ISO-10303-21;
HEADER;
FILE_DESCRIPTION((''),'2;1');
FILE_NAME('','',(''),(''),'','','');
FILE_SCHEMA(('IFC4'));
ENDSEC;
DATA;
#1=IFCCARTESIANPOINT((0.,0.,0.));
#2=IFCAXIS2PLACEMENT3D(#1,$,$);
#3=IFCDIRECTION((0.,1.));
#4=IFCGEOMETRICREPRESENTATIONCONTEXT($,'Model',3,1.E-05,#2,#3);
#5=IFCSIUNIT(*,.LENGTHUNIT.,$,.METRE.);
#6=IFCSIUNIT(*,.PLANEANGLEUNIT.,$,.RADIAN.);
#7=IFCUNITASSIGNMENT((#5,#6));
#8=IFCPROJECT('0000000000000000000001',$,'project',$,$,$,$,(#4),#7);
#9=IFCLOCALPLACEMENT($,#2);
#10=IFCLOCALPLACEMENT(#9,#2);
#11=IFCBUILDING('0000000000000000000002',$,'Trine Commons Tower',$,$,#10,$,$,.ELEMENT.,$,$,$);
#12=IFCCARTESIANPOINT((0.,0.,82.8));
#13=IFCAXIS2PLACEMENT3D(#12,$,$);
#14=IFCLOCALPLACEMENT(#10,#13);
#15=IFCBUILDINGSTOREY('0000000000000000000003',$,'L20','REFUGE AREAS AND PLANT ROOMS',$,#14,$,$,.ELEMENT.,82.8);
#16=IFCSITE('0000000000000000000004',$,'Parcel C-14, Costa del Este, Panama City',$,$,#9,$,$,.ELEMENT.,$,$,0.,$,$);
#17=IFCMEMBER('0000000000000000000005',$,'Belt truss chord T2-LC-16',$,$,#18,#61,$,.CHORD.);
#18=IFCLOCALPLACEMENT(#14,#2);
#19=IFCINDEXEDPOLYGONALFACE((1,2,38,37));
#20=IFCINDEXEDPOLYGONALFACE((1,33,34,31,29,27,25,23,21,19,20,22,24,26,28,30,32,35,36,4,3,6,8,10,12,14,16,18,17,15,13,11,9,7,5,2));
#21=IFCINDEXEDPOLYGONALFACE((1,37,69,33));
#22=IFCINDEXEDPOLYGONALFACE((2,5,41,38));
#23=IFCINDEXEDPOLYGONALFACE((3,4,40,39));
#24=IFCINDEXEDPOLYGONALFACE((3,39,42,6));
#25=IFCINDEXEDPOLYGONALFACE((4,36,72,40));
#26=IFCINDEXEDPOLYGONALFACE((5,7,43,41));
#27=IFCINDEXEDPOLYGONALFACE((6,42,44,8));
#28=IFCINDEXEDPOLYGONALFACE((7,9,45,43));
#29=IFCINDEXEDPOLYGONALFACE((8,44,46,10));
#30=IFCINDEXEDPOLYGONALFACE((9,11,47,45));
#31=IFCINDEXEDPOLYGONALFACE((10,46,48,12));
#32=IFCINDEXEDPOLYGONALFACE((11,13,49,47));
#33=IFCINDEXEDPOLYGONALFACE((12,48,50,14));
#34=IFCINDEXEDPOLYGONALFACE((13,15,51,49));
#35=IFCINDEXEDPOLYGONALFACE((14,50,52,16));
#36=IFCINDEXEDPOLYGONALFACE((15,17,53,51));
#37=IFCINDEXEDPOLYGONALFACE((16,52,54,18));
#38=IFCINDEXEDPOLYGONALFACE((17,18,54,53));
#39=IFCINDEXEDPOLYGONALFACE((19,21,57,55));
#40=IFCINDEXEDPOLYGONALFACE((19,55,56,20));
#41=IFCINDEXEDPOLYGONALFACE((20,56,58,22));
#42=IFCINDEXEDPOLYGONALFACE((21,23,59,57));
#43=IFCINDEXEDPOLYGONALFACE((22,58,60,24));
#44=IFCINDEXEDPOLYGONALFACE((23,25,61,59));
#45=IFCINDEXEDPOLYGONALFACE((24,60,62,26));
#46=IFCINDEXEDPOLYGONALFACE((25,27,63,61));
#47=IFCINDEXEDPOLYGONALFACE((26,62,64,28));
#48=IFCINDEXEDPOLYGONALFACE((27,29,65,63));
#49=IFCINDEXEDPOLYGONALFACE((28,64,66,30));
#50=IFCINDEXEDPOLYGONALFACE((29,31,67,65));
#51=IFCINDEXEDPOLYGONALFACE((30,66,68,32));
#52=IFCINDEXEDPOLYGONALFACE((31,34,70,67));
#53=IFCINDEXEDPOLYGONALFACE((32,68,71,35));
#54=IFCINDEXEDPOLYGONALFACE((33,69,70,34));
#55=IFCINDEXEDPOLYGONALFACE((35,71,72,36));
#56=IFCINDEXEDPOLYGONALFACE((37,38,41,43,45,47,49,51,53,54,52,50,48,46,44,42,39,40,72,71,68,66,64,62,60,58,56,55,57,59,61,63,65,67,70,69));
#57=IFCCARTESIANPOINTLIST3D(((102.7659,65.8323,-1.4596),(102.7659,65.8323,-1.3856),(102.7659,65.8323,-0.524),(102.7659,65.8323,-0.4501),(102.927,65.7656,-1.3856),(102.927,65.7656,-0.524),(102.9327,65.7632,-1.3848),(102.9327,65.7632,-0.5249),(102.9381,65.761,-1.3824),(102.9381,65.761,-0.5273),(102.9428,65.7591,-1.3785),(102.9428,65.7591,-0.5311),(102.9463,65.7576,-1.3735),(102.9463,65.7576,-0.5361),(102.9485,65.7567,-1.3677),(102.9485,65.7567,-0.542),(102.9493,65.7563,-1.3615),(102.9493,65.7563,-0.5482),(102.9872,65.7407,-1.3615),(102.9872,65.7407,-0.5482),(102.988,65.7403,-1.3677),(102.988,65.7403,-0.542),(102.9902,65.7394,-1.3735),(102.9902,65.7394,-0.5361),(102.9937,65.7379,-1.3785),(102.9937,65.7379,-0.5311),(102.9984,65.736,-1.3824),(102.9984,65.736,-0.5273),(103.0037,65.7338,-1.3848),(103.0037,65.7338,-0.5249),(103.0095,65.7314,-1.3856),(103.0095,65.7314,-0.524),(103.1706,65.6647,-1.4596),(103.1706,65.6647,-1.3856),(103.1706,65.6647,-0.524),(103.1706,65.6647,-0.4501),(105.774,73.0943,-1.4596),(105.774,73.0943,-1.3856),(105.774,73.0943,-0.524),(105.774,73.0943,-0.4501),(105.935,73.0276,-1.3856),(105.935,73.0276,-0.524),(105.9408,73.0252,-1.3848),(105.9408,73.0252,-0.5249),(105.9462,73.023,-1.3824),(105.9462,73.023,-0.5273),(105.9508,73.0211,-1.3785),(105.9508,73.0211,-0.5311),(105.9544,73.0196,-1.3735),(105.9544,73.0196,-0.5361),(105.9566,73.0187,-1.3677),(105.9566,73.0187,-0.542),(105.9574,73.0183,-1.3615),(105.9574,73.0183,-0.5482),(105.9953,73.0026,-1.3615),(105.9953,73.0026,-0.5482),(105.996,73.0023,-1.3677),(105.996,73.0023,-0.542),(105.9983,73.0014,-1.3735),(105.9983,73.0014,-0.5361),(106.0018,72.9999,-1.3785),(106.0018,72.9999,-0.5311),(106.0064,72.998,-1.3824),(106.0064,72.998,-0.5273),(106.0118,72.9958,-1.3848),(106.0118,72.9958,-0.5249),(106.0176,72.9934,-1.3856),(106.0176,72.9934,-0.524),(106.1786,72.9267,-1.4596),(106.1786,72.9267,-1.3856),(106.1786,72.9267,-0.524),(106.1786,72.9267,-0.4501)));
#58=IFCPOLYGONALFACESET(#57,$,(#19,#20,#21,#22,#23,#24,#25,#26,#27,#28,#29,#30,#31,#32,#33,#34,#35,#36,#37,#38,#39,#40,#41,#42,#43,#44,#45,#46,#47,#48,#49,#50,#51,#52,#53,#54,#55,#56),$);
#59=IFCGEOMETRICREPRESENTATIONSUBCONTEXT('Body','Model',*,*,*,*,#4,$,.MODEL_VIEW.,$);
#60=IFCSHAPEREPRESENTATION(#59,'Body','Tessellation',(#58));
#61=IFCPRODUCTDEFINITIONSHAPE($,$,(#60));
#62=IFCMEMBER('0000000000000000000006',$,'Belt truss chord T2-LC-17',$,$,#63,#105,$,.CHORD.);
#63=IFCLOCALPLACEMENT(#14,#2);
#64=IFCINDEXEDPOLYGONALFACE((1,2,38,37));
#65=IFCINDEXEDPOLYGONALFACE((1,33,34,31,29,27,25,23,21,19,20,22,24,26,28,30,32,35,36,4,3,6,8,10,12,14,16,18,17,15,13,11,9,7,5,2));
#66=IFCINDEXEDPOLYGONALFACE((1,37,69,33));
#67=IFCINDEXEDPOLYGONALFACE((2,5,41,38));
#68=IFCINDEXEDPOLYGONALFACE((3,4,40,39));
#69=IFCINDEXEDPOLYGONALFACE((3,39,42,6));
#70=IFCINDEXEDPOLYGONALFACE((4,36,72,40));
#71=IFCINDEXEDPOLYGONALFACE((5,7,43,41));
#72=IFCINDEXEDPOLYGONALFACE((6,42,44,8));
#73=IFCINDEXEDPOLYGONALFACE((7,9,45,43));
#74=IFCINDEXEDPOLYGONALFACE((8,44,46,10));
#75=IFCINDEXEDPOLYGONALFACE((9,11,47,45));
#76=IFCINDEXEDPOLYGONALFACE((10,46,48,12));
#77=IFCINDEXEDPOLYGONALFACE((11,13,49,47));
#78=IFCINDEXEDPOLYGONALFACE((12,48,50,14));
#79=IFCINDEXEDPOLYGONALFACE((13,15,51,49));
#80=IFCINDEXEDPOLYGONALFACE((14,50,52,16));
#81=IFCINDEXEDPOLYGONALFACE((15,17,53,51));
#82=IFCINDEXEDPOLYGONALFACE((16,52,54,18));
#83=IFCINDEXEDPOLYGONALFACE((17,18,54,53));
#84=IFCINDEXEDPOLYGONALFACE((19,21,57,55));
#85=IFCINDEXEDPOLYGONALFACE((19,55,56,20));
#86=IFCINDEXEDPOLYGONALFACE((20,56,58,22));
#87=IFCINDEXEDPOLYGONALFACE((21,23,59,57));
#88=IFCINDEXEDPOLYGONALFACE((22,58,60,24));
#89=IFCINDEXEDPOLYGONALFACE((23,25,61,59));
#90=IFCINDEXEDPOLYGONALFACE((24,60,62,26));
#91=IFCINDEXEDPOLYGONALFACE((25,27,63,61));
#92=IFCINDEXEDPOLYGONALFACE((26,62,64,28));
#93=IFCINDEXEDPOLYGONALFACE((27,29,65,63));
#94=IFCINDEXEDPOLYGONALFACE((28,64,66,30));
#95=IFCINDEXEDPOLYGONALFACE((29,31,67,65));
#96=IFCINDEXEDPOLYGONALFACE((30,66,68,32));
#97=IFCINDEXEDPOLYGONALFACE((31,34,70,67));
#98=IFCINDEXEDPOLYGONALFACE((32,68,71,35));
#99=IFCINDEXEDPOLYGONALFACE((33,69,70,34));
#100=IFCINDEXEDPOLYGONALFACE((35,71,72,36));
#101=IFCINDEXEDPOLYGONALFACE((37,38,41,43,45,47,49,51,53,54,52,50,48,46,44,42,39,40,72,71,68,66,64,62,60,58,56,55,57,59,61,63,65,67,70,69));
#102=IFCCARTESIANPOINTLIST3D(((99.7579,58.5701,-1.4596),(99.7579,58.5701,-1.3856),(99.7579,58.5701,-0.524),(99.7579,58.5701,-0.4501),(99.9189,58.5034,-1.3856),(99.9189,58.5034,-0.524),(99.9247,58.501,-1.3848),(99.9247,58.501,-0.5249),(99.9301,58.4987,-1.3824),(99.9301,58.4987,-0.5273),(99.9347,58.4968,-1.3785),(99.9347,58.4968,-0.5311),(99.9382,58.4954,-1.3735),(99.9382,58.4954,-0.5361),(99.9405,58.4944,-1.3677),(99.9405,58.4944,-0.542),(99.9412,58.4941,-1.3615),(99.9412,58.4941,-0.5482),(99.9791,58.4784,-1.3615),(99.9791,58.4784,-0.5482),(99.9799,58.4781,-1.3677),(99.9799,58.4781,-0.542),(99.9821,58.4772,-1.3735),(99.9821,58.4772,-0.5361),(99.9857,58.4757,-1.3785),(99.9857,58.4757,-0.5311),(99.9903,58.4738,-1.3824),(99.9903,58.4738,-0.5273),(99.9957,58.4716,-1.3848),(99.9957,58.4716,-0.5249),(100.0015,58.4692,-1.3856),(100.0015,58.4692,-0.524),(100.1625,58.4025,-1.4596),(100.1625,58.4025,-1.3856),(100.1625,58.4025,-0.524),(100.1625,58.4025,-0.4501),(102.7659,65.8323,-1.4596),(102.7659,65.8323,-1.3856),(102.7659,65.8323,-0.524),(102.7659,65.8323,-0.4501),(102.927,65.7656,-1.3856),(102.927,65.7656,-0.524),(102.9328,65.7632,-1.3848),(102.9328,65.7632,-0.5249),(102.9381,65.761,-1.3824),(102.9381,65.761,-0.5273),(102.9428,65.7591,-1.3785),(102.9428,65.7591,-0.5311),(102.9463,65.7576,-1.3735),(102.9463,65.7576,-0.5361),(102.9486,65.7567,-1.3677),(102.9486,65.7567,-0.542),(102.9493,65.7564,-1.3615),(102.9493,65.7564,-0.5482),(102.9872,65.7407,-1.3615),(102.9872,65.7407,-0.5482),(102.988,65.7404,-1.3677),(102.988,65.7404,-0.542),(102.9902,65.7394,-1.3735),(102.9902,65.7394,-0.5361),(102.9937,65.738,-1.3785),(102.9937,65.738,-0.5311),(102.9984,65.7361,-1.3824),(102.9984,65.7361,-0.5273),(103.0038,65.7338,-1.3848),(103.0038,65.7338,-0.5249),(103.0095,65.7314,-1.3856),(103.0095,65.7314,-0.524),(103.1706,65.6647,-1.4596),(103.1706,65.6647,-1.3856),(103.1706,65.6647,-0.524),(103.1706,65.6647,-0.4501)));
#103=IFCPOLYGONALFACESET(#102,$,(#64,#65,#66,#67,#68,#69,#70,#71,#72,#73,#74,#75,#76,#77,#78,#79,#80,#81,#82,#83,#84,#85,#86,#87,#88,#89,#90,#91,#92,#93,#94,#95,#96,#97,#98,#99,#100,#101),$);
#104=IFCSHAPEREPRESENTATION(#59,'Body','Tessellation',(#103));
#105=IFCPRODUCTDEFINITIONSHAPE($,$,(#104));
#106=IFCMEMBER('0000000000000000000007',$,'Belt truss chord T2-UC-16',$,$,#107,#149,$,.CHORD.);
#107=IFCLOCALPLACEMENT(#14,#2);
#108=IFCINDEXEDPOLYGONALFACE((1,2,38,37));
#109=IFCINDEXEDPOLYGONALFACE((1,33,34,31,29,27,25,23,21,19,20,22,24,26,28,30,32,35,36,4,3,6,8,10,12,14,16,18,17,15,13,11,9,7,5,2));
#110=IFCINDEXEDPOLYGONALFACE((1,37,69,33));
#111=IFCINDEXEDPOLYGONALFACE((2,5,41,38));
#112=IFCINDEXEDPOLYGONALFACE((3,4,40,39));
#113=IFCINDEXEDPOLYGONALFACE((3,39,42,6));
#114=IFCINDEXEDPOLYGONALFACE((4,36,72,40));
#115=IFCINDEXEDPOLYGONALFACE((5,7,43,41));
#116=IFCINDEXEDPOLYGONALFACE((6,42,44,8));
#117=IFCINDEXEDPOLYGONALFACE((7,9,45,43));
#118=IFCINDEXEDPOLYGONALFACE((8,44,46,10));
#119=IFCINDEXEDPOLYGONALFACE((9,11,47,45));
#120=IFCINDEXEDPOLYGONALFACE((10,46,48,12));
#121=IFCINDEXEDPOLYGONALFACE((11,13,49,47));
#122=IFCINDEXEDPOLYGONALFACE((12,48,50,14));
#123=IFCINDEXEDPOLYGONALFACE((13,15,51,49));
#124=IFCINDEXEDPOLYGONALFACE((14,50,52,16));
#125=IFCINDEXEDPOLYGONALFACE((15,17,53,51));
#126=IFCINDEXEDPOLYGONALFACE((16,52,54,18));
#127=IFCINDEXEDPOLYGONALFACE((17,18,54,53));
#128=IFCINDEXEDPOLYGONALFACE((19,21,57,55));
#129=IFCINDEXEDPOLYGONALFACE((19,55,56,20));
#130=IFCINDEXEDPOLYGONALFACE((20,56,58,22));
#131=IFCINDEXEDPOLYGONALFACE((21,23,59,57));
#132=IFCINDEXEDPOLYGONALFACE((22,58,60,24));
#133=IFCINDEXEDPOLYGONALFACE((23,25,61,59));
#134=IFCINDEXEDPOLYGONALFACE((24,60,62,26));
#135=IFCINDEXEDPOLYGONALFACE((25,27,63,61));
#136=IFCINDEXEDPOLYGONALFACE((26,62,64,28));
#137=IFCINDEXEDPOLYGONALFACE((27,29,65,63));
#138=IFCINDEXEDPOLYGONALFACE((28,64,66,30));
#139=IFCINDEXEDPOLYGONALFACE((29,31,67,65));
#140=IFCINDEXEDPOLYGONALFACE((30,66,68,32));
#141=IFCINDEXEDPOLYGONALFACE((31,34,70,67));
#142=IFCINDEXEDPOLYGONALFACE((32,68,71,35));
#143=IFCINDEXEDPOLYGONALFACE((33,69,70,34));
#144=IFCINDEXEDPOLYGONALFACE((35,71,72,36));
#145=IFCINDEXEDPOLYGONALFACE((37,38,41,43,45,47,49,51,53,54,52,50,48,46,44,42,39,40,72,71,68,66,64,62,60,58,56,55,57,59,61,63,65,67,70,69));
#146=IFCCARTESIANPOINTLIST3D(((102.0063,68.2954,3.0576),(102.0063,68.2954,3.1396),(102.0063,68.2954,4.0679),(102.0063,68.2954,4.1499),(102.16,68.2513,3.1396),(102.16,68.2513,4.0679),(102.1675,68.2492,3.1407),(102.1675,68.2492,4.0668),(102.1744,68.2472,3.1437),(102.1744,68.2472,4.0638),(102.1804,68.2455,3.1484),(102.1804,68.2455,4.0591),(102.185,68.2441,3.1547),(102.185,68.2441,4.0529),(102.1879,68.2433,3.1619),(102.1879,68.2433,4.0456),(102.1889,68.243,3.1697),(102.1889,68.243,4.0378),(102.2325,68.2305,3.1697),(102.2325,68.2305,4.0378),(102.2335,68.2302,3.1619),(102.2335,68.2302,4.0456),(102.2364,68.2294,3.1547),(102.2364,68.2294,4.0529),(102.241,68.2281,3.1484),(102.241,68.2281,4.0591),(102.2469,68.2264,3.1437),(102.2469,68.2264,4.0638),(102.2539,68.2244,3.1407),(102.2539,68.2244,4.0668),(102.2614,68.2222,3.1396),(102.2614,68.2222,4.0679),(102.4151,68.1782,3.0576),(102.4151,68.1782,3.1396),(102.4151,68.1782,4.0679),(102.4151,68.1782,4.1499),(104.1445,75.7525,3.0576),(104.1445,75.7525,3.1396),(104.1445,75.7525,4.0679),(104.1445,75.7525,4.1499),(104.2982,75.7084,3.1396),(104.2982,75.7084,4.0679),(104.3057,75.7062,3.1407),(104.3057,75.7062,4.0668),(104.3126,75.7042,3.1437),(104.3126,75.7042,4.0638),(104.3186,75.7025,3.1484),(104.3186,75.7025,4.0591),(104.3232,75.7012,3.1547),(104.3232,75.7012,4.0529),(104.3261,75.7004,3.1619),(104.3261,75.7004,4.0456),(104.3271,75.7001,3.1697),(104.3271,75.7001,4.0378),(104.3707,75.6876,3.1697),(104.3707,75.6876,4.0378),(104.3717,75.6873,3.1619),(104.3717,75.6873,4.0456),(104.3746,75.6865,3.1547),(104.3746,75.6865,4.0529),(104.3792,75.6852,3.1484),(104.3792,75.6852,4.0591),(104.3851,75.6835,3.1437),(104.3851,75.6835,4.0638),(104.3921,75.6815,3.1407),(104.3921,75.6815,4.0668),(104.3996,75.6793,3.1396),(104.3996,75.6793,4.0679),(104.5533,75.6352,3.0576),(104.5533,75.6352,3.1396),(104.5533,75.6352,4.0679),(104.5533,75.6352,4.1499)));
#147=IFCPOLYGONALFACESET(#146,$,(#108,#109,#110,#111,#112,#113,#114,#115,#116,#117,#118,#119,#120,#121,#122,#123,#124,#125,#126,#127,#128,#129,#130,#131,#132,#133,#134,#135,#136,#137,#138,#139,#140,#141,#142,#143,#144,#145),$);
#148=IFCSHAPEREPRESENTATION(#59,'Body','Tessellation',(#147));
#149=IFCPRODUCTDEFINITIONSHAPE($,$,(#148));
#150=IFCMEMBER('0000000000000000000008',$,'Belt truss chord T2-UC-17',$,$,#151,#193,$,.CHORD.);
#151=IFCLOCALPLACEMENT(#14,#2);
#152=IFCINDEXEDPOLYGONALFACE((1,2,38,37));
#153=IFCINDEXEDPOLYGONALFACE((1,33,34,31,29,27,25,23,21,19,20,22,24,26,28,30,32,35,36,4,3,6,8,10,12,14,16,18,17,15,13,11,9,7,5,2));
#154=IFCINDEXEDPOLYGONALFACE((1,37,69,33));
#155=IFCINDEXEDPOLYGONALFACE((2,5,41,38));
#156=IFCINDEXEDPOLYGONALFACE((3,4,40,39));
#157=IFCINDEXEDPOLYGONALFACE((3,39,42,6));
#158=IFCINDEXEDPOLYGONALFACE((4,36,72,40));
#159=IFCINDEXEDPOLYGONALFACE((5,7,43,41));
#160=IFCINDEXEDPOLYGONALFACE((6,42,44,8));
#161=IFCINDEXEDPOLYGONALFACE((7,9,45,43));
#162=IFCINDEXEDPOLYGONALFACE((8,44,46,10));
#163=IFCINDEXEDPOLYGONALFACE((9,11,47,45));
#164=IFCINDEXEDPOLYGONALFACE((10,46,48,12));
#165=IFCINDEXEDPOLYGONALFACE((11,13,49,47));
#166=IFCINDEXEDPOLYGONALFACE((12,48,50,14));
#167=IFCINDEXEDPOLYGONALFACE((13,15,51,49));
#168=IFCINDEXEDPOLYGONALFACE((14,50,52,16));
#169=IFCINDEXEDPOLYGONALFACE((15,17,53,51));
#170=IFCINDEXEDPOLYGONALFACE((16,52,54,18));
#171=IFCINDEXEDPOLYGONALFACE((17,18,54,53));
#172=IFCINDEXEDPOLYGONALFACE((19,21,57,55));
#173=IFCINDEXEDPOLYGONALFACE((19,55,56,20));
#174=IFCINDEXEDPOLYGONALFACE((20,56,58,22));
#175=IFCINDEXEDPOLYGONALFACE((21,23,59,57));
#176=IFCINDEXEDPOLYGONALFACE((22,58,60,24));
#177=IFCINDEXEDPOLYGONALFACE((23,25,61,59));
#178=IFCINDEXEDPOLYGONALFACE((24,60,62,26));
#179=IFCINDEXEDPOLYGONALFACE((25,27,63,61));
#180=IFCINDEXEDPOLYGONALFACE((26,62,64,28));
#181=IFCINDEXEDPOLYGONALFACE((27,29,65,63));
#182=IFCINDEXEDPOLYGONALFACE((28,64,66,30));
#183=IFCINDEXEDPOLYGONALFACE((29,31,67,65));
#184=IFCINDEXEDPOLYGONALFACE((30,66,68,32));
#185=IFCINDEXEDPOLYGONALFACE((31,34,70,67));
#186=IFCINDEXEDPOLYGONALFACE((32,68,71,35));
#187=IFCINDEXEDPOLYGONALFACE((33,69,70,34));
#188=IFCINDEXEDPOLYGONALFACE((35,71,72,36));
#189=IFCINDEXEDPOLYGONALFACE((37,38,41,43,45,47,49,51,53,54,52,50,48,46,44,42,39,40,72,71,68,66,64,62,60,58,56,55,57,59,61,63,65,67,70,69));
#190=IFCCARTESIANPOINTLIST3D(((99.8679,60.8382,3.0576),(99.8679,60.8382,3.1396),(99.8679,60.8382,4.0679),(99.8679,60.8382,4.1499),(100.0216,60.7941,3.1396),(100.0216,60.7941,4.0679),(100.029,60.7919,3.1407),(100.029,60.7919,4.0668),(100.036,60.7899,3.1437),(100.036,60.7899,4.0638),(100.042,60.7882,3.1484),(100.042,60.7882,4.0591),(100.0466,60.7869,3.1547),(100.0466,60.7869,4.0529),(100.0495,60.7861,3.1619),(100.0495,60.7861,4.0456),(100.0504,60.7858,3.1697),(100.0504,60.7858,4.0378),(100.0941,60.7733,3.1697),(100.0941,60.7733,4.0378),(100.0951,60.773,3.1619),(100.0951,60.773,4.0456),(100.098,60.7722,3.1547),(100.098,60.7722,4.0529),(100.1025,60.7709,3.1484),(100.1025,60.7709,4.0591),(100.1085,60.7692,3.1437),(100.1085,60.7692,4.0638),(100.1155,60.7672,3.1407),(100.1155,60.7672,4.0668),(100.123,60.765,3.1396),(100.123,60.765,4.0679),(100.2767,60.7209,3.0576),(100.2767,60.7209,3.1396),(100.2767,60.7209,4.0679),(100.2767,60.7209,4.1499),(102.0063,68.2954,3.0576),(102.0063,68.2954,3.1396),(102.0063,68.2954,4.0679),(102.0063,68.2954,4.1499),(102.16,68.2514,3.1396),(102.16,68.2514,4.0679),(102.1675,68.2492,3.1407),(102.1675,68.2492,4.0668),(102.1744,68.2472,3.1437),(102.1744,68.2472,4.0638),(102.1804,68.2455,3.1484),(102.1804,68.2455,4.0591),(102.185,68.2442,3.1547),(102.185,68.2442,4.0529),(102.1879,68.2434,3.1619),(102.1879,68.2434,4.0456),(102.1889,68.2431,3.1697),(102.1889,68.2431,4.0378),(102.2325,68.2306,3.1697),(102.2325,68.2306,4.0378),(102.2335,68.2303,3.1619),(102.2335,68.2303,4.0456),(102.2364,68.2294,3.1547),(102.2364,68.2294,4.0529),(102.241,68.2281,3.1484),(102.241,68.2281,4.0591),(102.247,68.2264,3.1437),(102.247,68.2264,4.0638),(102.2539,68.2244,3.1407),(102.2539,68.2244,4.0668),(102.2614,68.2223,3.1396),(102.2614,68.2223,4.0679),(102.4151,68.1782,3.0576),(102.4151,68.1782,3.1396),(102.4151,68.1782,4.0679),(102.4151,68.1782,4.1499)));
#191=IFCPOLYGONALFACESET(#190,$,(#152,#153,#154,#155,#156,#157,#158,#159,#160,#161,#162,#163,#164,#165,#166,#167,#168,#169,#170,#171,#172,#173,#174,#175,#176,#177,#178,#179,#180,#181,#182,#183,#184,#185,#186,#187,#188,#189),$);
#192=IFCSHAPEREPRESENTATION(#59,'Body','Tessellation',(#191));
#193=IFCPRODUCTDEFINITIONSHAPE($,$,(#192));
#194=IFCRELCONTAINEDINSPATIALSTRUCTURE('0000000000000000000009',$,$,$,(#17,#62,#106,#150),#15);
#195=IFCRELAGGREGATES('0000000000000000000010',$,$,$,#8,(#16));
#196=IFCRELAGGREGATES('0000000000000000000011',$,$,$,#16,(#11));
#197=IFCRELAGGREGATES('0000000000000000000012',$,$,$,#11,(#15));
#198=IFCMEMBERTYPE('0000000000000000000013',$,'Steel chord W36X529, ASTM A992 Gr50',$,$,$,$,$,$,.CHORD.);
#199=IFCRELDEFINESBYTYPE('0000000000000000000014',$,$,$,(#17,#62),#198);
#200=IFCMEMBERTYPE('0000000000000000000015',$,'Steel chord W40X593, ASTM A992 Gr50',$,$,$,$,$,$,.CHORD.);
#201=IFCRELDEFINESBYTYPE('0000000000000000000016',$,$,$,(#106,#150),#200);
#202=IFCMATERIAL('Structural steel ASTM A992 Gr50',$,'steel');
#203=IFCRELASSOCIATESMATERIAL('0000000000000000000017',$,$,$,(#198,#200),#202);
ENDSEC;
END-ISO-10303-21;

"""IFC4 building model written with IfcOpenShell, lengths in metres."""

from ifc_helpers import new_model, si_unit, direction, frame, origin, origin_2d, place, context, subcontext, project, spatial, i_section, extrude, material, material_profile, profile_set, type_object, element, save


model = new_model("IFC4")

# Units and contexts
model_context = context("Model", 3, precision=1e-05, world=origin(), true_north=direction((0.0, 1.0)))
body_context = subcontext(model_context, "Body", "Model", "MODEL_VIEW")
ifc_project = project(units=[si_unit("LENGTHUNIT", "METRE"), si_unit("PLANEANGLEUNIT", "RADIAN")], contexts=[model_context])

# Site, building, storey
site_placement = place(None, origin())
site = spatial("IfcSite", under=ifc_project, at=site_placement, Name="Parcel C-14, Costa del Este, Panama City", CompositionType="ELEMENT", RefElevation=0.0)
building_placement = place(site_placement, origin())
building = spatial("IfcBuilding", under=site, at=building_placement, Name="Trine Commons Tower", CompositionType="ELEMENT")
storey_placement = place(building_placement, frame((0.0, 0.0, 82.8)))
storey = spatial("IfcBuildingStorey", under=building, at=storey_placement, Name="L20", Description="REFUGE AREAS AND PLANT ROOMS", CompositionType="ELEMENT", Elevation=82.8)

# Members
ifc_material_1 = material(Name="Structural steel ASTM A992 Gr50", Category="steel")
ifc_material_profile_1 = material_profile(ifc_material_1, i_section(OverallWidth=0.438, OverallDepth=1.0095, WebThickness=0.041, FlangeThickness=0.074, FilletRadius=0.0242, at=origin_2d()), Name="W36X529")
ifc_profile_set_1 = profile_set([ifc_material_profile_1], Name="Structural steel ASTM A992 Gr50")
member_type_1 = type_object("IfcMemberType", Name="Steel chord W36X529, ASTM A992 Gr50", PredefinedType="CHORD", material=ifc_profile_set_1)
member_1_placement = place(storey_placement, frame((105.9763, 73.0105, -0.9548), z_axis=(-0.382689, -0.923877, 0.0), x_axis=(0.923877, -0.382689, 0.0)))
element("IfcMember", 1, at=member_1_placement, inside=storey, type_object=member_type_1, Name="Belt truss chord T2-LC-16", PredefinedType="CHORD", context=body_context, shape_type="SweptSolid", body=[
    extrude(i_section(OverallWidth=0.438, OverallDepth=1.0095, WebThickness=0.041, FlangeThickness=0.074, FilletRadius=0.0242, at=origin_2d()), origin(), (0.0, 0.0, 1.0), 7.8604),
])
member_2_placement = place(storey_placement, frame((102.9683, 65.7485, -0.9548), z_axis=(-0.382678, -0.923882, 0.0), x_axis=(0.923882, -0.382678, 0.0)))
element("IfcMember", 2, at=member_2_placement, inside=storey, type_object=member_type_1, Name="Belt truss chord T2-LC-17", PredefinedType="CHORD", context=body_context, shape_type="SweptSolid", body=[
    extrude(i_section(OverallWidth=0.438, OverallDepth=1.0095, WebThickness=0.041, FlangeThickness=0.074, FilletRadius=0.0242, at=origin_2d()), origin(), (0.0, 0.0, 1.0), 7.8606),
])
ifc_material_profile_2 = material_profile(ifc_material_1, i_section(OverallWidth=0.4253, OverallDepth=1.0923, WebThickness=0.0454, FlangeThickness=0.082, FilletRadius=0.03, at=origin_2d()), Name="W40X593")
ifc_profile_set_2 = profile_set([ifc_material_profile_2], Name="Structural steel ASTM A992 Gr50")
member_type_2 = type_object("IfcMemberType", Name="Steel chord W40X593, ASTM A992 Gr50", PredefinedType="CHORD", material=ifc_profile_set_2)
member_3_placement = place(storey_placement, frame((104.3489, 75.6938, 3.6038), z_axis=(-0.275627, -0.961265, 0.0), x_axis=(0.961265, -0.275627, 0.0)))
element("IfcMember", 3, at=member_3_placement, inside=storey, type_object=member_type_2, Name="Belt truss chord T2-UC-16", PredefinedType="CHORD", context=body_context, shape_type="SweptSolid", body=[
    extrude(i_section(OverallWidth=0.4253, OverallDepth=1.0923, WebThickness=0.0454, FlangeThickness=0.082, FilletRadius=0.03, at=origin_2d()), origin(), (0.0, 0.0, 1.0), 7.7576),
])
member_4_placement = place(storey_placement, frame((102.2107, 68.2368, 3.6038), z_axis=(-0.275648, -0.961259, 0.0), x_axis=(0.961259, -0.275648, 0.0)))
element("IfcMember", 4, at=member_4_placement, inside=storey, type_object=member_type_2, Name="Belt truss chord T2-UC-17", PredefinedType="CHORD", context=body_context, shape_type="SweptSolid", body=[
    extrude(i_section(OverallWidth=0.4253, OverallDepth=1.0923, WebThickness=0.0454, FlangeThickness=0.082, FilletRadius=0.03, at=origin_2d()), origin(), (0.0, 0.0, 1.0), 7.7578),
])

save(model, "model.ifc")
